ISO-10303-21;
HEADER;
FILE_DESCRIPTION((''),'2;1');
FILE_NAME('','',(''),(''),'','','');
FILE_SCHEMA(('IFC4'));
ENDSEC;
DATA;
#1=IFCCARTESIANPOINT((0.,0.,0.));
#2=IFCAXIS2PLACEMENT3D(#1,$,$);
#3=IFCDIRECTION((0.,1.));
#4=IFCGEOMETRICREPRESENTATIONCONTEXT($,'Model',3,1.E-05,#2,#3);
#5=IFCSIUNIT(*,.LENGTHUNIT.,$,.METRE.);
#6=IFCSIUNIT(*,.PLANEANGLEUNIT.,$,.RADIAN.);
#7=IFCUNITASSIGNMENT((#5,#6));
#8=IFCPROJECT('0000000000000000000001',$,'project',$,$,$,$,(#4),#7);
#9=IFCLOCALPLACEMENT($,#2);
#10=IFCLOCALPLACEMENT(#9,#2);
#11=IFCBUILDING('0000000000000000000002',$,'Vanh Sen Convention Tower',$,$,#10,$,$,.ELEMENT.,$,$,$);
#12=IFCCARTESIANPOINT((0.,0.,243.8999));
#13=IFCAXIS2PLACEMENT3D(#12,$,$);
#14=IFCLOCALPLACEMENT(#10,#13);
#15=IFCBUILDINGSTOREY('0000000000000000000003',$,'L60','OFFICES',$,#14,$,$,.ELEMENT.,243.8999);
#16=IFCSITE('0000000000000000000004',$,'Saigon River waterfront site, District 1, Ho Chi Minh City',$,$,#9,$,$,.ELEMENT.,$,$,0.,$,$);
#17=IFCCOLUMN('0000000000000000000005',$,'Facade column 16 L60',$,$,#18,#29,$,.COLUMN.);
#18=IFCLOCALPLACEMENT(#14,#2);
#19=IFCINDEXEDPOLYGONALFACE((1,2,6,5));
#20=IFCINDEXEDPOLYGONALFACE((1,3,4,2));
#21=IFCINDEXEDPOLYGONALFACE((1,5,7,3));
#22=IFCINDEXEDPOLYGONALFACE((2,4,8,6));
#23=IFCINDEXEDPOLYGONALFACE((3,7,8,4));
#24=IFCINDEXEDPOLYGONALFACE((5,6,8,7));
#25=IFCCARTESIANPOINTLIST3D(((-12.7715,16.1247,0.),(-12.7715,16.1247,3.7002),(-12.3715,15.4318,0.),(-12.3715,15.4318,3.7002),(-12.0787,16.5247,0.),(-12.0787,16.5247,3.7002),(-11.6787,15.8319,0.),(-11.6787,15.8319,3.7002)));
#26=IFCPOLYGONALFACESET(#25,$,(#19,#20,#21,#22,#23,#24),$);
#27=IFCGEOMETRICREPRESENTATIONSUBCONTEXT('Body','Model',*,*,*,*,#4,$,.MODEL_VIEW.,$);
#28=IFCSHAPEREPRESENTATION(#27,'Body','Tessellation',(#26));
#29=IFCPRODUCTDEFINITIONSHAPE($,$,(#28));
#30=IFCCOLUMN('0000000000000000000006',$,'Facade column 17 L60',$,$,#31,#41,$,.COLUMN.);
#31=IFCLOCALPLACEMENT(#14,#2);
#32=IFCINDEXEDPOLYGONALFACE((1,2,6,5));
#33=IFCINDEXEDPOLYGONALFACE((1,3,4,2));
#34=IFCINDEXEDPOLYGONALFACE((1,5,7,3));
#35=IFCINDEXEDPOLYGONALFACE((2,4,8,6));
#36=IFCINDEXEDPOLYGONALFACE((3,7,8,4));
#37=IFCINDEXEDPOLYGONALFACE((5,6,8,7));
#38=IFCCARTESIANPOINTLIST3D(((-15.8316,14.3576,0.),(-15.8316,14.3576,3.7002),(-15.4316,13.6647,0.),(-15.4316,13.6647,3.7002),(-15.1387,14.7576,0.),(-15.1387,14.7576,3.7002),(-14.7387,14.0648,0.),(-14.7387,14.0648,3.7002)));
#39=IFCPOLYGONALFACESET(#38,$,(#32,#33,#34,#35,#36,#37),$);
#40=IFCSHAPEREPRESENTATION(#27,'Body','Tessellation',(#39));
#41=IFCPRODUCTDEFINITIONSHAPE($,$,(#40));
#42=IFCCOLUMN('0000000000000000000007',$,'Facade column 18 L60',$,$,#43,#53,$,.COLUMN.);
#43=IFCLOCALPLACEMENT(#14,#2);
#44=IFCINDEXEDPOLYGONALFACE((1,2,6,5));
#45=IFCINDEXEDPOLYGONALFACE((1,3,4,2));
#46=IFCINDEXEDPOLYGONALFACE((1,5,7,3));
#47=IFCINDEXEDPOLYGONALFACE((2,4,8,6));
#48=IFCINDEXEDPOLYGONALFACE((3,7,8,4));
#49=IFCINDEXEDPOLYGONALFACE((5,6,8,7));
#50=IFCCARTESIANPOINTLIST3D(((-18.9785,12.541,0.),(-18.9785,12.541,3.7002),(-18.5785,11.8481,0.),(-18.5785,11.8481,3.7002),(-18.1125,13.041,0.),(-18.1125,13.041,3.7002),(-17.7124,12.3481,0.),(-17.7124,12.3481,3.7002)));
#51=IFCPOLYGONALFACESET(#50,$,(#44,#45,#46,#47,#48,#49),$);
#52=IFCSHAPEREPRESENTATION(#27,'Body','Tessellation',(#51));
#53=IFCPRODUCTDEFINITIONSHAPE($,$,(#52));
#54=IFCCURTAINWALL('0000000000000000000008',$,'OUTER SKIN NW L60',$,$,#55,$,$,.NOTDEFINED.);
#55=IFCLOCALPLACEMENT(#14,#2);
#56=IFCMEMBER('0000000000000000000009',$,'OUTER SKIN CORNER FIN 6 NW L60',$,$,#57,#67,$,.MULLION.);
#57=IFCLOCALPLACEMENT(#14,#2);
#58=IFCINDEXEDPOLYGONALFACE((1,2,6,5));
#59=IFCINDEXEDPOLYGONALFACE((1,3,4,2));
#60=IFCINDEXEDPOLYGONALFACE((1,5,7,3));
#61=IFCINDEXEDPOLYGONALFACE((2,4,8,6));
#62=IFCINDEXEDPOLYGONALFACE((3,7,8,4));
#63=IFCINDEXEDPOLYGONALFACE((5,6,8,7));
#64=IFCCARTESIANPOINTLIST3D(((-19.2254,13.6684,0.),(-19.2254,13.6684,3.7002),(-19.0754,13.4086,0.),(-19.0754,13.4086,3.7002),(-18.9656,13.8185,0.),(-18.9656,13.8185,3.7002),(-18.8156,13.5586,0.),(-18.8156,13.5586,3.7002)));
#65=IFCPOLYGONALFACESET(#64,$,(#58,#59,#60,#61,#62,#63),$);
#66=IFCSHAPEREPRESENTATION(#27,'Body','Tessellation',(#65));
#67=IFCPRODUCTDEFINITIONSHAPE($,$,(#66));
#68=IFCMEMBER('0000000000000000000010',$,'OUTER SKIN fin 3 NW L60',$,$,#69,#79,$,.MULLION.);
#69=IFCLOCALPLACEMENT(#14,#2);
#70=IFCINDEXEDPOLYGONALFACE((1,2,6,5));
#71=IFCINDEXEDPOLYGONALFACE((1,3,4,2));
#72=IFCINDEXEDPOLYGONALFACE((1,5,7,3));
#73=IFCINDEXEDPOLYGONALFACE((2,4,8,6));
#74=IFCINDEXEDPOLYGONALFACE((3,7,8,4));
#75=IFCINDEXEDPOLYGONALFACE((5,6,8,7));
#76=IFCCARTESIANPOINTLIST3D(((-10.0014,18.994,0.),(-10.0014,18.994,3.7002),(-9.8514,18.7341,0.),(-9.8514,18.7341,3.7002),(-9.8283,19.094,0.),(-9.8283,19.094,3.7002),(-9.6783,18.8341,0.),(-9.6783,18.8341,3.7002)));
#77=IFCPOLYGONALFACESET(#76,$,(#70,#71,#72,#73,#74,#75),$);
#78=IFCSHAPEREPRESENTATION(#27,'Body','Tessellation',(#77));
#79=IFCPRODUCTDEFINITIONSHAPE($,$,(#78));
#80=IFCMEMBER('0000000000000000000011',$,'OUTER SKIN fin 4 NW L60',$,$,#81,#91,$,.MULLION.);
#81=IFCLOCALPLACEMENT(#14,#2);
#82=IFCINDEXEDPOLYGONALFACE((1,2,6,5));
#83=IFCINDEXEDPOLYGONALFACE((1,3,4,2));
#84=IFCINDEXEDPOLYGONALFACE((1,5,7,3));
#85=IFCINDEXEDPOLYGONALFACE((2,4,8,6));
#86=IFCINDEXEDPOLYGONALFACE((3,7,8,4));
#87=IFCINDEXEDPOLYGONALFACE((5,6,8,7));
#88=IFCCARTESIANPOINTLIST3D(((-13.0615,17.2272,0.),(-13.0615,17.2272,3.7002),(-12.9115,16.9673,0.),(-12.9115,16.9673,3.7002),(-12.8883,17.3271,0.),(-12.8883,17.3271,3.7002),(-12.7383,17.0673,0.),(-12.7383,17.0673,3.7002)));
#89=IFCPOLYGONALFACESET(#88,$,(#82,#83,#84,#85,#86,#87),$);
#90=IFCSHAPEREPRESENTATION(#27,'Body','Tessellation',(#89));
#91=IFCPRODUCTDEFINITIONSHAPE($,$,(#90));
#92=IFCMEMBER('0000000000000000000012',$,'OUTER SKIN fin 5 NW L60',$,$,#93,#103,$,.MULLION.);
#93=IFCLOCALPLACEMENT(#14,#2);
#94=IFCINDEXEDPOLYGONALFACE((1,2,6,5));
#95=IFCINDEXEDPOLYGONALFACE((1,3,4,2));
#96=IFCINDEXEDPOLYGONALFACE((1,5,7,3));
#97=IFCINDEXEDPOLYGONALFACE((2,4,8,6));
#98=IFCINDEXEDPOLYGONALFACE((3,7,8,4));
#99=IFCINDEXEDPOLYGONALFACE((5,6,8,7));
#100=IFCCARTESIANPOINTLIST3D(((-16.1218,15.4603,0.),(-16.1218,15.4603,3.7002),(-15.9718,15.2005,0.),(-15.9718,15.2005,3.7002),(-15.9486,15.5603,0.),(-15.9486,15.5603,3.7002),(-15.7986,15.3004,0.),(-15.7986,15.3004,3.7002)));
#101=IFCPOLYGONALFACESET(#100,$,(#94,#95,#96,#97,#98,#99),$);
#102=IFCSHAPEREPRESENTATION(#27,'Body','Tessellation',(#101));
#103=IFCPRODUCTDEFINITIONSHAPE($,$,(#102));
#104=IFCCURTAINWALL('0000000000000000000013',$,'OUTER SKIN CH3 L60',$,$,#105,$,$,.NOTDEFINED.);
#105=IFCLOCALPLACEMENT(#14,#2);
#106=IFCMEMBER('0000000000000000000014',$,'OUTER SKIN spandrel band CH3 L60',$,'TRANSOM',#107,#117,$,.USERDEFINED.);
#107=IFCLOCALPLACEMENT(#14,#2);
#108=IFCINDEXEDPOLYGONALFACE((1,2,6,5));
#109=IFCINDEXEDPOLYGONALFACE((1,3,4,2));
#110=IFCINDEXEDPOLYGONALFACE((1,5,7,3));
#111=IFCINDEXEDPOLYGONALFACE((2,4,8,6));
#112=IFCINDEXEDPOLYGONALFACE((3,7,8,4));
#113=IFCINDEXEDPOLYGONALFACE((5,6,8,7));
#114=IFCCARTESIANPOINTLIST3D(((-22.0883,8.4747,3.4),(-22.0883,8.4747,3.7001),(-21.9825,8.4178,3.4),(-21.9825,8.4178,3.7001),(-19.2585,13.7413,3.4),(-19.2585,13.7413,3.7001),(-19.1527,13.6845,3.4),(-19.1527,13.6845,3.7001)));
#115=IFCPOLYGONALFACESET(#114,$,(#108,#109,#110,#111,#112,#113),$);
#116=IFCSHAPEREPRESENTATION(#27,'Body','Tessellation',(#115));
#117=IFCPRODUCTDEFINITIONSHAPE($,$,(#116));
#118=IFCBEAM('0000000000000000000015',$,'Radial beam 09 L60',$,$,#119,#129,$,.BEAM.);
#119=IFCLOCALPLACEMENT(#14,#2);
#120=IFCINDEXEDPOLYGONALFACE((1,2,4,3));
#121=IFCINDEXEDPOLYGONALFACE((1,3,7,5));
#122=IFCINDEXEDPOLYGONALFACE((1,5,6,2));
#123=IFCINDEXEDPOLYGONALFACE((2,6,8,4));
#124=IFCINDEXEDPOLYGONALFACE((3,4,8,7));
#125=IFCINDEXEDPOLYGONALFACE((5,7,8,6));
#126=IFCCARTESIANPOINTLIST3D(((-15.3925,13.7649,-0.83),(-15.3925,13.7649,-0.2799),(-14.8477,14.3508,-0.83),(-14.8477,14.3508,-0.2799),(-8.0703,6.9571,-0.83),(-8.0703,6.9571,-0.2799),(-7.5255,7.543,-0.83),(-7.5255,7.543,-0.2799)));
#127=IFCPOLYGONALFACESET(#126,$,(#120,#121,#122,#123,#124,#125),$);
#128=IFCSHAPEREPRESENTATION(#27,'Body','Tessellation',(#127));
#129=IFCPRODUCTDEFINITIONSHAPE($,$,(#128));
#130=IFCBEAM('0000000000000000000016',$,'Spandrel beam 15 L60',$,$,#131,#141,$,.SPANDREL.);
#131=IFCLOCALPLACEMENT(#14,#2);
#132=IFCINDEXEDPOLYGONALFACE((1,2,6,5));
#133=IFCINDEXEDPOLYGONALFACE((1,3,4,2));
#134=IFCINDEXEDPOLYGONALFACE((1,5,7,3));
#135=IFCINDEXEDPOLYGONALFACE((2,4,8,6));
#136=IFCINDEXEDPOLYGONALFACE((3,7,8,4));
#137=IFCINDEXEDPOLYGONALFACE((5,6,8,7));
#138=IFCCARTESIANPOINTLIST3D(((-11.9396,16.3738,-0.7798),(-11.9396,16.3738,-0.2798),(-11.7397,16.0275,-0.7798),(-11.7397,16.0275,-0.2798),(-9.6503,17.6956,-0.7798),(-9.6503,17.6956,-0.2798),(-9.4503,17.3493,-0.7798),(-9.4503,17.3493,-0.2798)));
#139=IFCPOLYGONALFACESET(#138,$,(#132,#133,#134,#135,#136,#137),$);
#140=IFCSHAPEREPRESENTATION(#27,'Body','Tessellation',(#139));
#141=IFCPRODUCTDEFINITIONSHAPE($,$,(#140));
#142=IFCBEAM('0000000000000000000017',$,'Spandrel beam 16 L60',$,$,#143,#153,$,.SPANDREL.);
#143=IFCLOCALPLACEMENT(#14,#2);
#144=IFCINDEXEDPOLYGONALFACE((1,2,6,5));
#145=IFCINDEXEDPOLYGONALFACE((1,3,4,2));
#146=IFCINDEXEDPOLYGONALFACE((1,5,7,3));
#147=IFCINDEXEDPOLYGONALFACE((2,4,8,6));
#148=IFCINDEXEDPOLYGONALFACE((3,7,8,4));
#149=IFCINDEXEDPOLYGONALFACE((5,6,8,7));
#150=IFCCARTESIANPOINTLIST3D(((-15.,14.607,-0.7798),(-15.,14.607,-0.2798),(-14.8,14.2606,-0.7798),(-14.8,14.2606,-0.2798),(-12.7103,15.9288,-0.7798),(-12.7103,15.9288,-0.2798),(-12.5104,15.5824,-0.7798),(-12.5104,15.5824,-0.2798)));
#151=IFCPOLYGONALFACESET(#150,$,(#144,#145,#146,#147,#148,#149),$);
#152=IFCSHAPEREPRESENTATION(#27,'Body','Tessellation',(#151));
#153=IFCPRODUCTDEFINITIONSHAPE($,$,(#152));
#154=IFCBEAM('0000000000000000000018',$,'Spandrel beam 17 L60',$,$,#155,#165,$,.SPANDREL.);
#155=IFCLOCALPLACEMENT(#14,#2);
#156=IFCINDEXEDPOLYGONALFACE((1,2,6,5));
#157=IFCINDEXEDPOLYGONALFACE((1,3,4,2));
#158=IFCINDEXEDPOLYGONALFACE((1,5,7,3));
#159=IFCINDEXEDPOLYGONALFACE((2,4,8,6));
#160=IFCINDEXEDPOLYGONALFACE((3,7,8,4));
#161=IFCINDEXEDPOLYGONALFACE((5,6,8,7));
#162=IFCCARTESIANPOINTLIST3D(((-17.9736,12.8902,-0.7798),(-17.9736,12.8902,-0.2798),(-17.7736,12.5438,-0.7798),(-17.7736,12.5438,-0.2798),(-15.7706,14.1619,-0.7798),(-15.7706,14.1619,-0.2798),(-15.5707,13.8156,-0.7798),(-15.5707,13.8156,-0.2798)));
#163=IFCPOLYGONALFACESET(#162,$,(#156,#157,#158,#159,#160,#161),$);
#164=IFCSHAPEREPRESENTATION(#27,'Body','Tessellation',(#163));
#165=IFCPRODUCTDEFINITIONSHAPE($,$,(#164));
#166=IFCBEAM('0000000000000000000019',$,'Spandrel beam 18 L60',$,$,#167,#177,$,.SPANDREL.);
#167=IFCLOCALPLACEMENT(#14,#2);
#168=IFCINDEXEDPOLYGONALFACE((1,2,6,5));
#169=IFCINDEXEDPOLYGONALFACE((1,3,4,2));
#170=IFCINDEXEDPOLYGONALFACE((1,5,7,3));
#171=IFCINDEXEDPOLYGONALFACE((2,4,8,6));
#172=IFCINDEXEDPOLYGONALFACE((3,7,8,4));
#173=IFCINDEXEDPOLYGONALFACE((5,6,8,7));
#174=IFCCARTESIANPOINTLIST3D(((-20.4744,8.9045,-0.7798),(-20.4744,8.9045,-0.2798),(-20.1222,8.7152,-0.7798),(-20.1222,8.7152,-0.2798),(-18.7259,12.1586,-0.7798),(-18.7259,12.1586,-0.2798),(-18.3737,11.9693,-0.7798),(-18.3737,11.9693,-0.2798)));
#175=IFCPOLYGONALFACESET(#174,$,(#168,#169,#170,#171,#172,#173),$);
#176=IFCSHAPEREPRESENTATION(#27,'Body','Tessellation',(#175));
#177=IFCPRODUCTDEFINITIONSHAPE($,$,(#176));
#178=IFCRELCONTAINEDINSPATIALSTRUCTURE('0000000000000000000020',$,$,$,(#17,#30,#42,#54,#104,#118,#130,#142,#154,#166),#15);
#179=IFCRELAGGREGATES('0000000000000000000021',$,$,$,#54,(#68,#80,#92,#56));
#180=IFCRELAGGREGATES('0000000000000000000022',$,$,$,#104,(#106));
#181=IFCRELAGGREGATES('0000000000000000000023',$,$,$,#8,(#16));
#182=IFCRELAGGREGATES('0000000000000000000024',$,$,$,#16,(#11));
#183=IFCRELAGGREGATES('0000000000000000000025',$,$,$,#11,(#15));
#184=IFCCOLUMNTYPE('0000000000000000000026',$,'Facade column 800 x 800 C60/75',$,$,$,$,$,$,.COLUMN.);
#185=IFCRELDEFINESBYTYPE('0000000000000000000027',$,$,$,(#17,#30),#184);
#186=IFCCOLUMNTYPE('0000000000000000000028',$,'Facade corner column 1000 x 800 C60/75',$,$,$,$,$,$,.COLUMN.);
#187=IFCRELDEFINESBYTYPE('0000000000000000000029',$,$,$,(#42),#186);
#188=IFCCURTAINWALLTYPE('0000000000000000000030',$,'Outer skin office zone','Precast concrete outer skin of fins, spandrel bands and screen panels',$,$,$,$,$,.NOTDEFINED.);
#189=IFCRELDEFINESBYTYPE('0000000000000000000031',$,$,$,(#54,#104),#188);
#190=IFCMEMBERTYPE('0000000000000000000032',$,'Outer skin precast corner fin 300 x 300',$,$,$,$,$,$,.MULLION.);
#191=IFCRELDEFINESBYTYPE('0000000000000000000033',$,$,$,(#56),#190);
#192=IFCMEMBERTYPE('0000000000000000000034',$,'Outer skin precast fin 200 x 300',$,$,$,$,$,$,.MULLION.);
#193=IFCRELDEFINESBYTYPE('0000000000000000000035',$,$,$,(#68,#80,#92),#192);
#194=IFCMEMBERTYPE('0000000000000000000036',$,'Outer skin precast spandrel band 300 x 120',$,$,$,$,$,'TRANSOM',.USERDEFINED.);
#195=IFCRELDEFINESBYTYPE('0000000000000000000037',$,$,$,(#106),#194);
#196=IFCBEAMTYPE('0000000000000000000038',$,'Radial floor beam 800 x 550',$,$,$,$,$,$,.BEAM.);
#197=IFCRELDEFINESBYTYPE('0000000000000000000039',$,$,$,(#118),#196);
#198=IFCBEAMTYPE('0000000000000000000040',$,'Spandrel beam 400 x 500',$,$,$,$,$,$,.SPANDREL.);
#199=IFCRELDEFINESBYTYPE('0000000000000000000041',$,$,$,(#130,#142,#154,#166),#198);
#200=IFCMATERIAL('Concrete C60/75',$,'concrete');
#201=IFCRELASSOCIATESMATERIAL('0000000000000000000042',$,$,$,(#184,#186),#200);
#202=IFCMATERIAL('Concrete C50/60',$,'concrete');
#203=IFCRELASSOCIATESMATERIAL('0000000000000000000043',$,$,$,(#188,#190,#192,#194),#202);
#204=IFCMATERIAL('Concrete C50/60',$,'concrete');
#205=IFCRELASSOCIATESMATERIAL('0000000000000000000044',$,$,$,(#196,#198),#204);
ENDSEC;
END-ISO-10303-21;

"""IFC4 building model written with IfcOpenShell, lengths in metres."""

from ifc_helpers import new_model, si_unit, direction, frame, origin, origin_2d, place, context, subcontext, project, spatial, rectangle, extrude, material, material_profile, profile_set, type_object, element, aggregate, save


model = new_model("IFC4")

# Units and contexts
model_context = context("Model", 3, precision=1e-05, world=origin(), true_north=direction((0.0, 1.0)))
body_context = subcontext(model_context, "Body", "Model", "MODEL_VIEW")
ifc_project = project(units=[si_unit("LENGTHUNIT", "METRE"), si_unit("PLANEANGLEUNIT", "RADIAN")], contexts=[model_context])

# Site, building, storey
site_placement = place(None, origin())
site = spatial("IfcSite", under=ifc_project, at=site_placement, Name="Saigon River waterfront site, District 1, Ho Chi Minh City", CompositionType="ELEMENT", RefElevation=0.0)
building_placement = place(site_placement, origin())
building = spatial("IfcBuilding", under=site, at=building_placement, Name="Vanh Sen Convention Tower", CompositionType="ELEMENT")
storey_placement = place(building_placement, frame((0.0, 0.0, 243.8999)))
storey = spatial("IfcBuildingStorey", under=building, at=storey_placement, Name="L60", Description="OFFICES", CompositionType="ELEMENT", Elevation=243.8999)

# Columns
ifc_material_1 = material(Name="Concrete C60/75", Category="concrete")
ifc_material_profile_1 = material_profile(ifc_material_1, rectangle(XDim=0.8, YDim=0.8, at=origin_2d()), Name="RC 800X800")
ifc_profile_set_1 = profile_set([ifc_material_profile_1], Name="Concrete C60/75")
column_type_1 = type_object("IfcColumnType", Name="Facade column 800 x 800 C60/75", PredefinedType="COLUMN", material=ifc_profile_set_1)
for number, where, z_axis, x_axis, name in (
    (1, (-12.2251, 15.9783, 0.0), (0.0, 0.0, 1.0), (-0.866025, -0.5, 0.0), "Facade column 16 L60"),
    (2, (-15.2852, 14.2112, 0.0), (0.0, 0.0, 1.0), (-0.866025, -0.5, 0.0), "Facade column 17 L60"),
):
    element("IfcColumn", number, at=place(storey_placement, frame(where, z_axis=z_axis, x_axis=x_axis)), inside=storey, type_object=column_type_1, Name=name, PredefinedType="COLUMN", context=body_context, shape_type="SweptSolid", body=[
        extrude(rectangle(XDim=0.8, YDim=0.8, at=origin_2d()), origin(), (0.0, 0.0, 1.0), 3.7002),
    ])
ifc_material_profile_2 = material_profile(ifc_material_1, rectangle(XDim=1.0, YDim=0.8, at=origin_2d()), Name="RC 1000X800")
ifc_profile_set_2 = profile_set([ifc_material_profile_2], Name="Concrete C60/75")
column_type_2 = type_object("IfcColumnType", Name="Facade corner column 1000 x 800 C60/75", PredefinedType="COLUMN", material=ifc_profile_set_2)
column_placement = place(storey_placement, frame((-18.3455, 12.4446, 0.0), z_axis=(0.0, 0.0, 1.0), x_axis=(-0.866025, -0.5, 0.0)))
element("IfcColumn", 3, at=column_placement, inside=storey, type_object=column_type_2, Name="Facade column 18 L60", PredefinedType="COLUMN", context=body_context, shape_type="SweptSolid", body=[
    extrude(rectangle(XDim=1.0, YDim=0.8, at=origin_2d()), origin(), (0.0, 0.0, 1.0), 3.7002),
])

# Curtain wall, members
ifc_material_2 = material(Name="Concrete C50/60", Category="concrete")
curtain_wall_type = type_object("IfcCurtainWallType", Name="Outer skin office zone", Description="Precast concrete outer skin of fins, spandrel bands and screen panels", PredefinedType="NOTDEFINED", material=ifc_material_2)
curtain_wall_1_placement = place(storey_placement, origin())
curtain_wall_1 = element("IfcCurtainWall", 4, at=curtain_wall_1_placement, inside=storey, type_object=curtain_wall_type, Name="OUTER SKIN NW L60", PredefinedType="NOTDEFINED")
ifc_material_profile_3 = material_profile(ifc_material_2, rectangle(XDim=0.3, YDim=0.3, at=origin_2d()), Name="Outer skin precast corner fin 300 x 300")
ifc_profile_set_3 = profile_set([ifc_material_profile_3], Name="Concrete C50/60")
member_type_1 = type_object("IfcMemberType", Name="Outer skin precast corner fin 300 x 300", PredefinedType="MULLION", material=ifc_profile_set_3)
member_1_placement = place(storey_placement, frame((-19.0205, 13.6135, 0.0), z_axis=(0.0, 0.0, 1.0), x_axis=(-0.866025, -0.5, 0.0)))
member_1 = element("IfcMember", 5, at=member_1_placement, type_object=member_type_1, Name="OUTER SKIN CORNER FIN 6 NW L60", PredefinedType="MULLION", context=body_context, shape_type="SweptSolid", body=[
    extrude(rectangle(XDim=0.3, YDim=0.3, at=origin_2d()), origin(), (0.0, 0.0, 1.0), 3.7002),
])
ifc_material_profile_4 = material_profile(ifc_material_2, rectangle(XDim=0.2, YDim=0.3, at=origin_2d()), Name="Outer skin precast fin 200 x 300")
ifc_profile_set_4 = profile_set([ifc_material_profile_4], Name="Concrete C50/60")
member_type_2 = type_object("IfcMemberType", Name="Outer skin precast fin 200 x 300", PredefinedType="MULLION", material=ifc_profile_set_4)
member_2_placement = place(storey_placement, frame((-9.8398, 18.9141, 0.0), z_axis=(0.0, 0.0, 1.0), x_axis=(-0.866025, -0.5, 0.0)))
member_2 = element("IfcMember", 6, at=member_2_placement, type_object=member_type_2, Name="OUTER SKIN fin 3 NW L60", PredefinedType="MULLION", context=body_context, shape_type="SweptSolid", body=[
    extrude(rectangle(XDim=0.2, YDim=0.3, at=origin_2d()), origin(), (0.0, 0.0, 1.0), 3.7002),
])
member_3_placement = place(storey_placement, frame((-12.8999, 17.1472, 0.0), z_axis=(0.0, 0.0, 1.0), x_axis=(-0.866025, -0.5, 0.0)))
member_3 = element("IfcMember", 7, at=member_3_placement, type_object=member_type_2, Name="OUTER SKIN fin 4 NW L60", PredefinedType="MULLION", context=body_context, shape_type="SweptSolid", body=[
    extrude(rectangle(XDim=0.2, YDim=0.3, at=origin_2d()), origin(), (0.0, 0.0, 1.0), 3.7002),
])
member_4_placement = place(storey_placement, frame((-15.9602, 15.3804, 0.0), z_axis=(0.0, 0.0, 1.0), x_axis=(-0.866025, -0.5, 0.0)))
member_4 = element("IfcMember", 8, at=member_4_placement, type_object=member_type_2, Name="OUTER SKIN fin 5 NW L60", PredefinedType="MULLION", context=body_context, shape_type="SweptSolid", body=[
    extrude(rectangle(XDim=0.2, YDim=0.3, at=origin_2d()), origin(), (0.0, 0.0, 1.0), 3.7002),
])

# Curtain wall, member
curtain_wall_2_placement = place(storey_placement, origin())
curtain_wall_2 = element("IfcCurtainWall", 9, at=curtain_wall_2_placement, inside=storey, type_object=curtain_wall_type, Name="OUTER SKIN CH3 L60", PredefinedType="NOTDEFINED")
ifc_material_profile_5 = material_profile(ifc_material_2, rectangle(XDim=0.1201, YDim=0.3, at=origin_2d()), Name="Outer skin precast spandrel band 300 x 120")
ifc_profile_set_5 = profile_set([ifc_material_profile_5], Name="Concrete C50/60")
member_type_3 = type_object("IfcMemberType", Name="Outer skin precast spandrel band 300 x 120", ElementType="TRANSOM", PredefinedType="USERDEFINED", material=ifc_profile_set_5)
member_5_placement = place(storey_placement, frame((-19.2056, 13.7129, 3.55), z_axis=(-0.473318, -0.880892, 0.0), x_axis=(0.880892, -0.473318, 0.0)))
member_5 = element("IfcMember", 10, at=member_5_placement, type_object=member_type_3, Name="OUTER SKIN spandrel band CH3 L60", ObjectType="TRANSOM", PredefinedType="USERDEFINED", context=body_context, shape_type="SweptSolid", body=[
    extrude(rectangle(XDim=0.1201, YDim=0.3, at=origin_2d()), origin(), (0.0, 0.0, 1.0), 5.9788),
])

# Beams
ifc_material_3 = material(Name="Concrete C50/60", Category="concrete")
ifc_material_profile_6 = material_profile(ifc_material_3, rectangle(XDim=0.8, YDim=0.55, at=origin_2d()), Name="RC 800X550")
ifc_profile_set_6 = profile_set([ifc_material_profile_6], Name="Concrete C50/60")
beam_type_1 = type_object("IfcBeamType", Name="Radial floor beam 800 x 550", PredefinedType="BEAM", material=ifc_profile_set_6)
beam_1_placement = place(storey_placement, frame((-15.1201, 14.0579, -0.5549), z_axis=(0.732364, -0.680914, 0.0), x_axis=(0.680914, 0.732364, 0.0)))
element("IfcBeam", 11, at=beam_1_placement, inside=storey, type_object=beam_type_1, Name="Radial beam 09 L60", PredefinedType="BEAM", context=body_context, shape_type="SweptSolid", body=[
    extrude(rectangle(XDim=0.8, YDim=0.55, at=origin_2d()), origin(), (0.0, 0.0, 1.0), 9.998),
])
ifc_material_profile_7 = material_profile(ifc_material_3, rectangle(XDim=0.3999, YDim=0.5, at=origin_2d()), Name="RC 400X500")
ifc_profile_set_7 = profile_set([ifc_material_profile_7], Name="Concrete C50/60")
beam_type_2 = type_object("IfcBeamType", Name="Spandrel beam 400 x 500", PredefinedType="SPANDREL", material=ifc_profile_set_7)
beam_2_placement = place(storey_placement, frame((-9.5503, 17.5225, -0.5298), z_axis=(-0.866018, -0.500013, 0.0), x_axis=(0.500013, -0.866018, 0.0)))
element("IfcBeam", 12, at=beam_2_placement, inside=storey, type_object=beam_type_2, Name="Spandrel beam 15 L60", PredefinedType="SPANDREL", context=body_context, shape_type="SweptSolid", body=[
    extrude(rectangle(XDim=0.3999, YDim=0.5, at=origin_2d()), origin(), (0.0, 0.0, 1.0), 2.6436),
])
beam_3_placement = place(storey_placement, frame((-12.6104, 15.7556, -0.5298), z_axis=(-0.866041, -0.499973, 0.0), x_axis=(0.499973, -0.866041, 0.0)))
element("IfcBeam", 13, at=beam_3_placement, inside=storey, type_object=beam_type_2, Name="Spandrel beam 16 L60", PredefinedType="SPANDREL", context=body_context, shape_type="SweptSolid", body=[
    extrude(rectangle(XDim=0.3999, YDim=0.5, at=origin_2d()), origin(), (0.0, 0.0, 1.0), 2.6438),
])
beam_4_placement = place(storey_placement, frame((-15.6707, 13.9888, -0.5298), z_axis=(-0.866043, -0.499969, 0.0), x_axis=(0.499969, -0.866043, 0.0)))
element("IfcBeam", 14, at=beam_4_placement, inside=storey, type_object=beam_type_2, Name="Spandrel beam 17 L60", PredefinedType="SPANDREL", context=body_context, shape_type="SweptSolid", body=[
    extrude(rectangle(XDim=0.3999, YDim=0.5, at=origin_2d()), origin(), (0.0, 0.0, 1.0), 2.5437),
])
beam_5_placement = place(storey_placement, frame((-18.5498, 12.064, -0.5298), z_axis=(-0.473323, -0.880889, 0.0), x_axis=(0.880889, -0.473323, 0.0)))
element("IfcBeam", 15, at=beam_5_placement, inside=storey, type_object=beam_type_2, Name="Spandrel beam 18 L60", PredefinedType="SPANDREL", context=body_context, shape_type="SweptSolid", body=[
    extrude(rectangle(XDim=0.3999, YDim=0.5, at=origin_2d()), origin(), (0.0, 0.0, 1.0), 3.6941),
])

aggregate(curtain_wall_1, [member_2, member_3, member_4, member_1])
aggregate(curtain_wall_2, [member_5])

save(model, "model.ifc")
